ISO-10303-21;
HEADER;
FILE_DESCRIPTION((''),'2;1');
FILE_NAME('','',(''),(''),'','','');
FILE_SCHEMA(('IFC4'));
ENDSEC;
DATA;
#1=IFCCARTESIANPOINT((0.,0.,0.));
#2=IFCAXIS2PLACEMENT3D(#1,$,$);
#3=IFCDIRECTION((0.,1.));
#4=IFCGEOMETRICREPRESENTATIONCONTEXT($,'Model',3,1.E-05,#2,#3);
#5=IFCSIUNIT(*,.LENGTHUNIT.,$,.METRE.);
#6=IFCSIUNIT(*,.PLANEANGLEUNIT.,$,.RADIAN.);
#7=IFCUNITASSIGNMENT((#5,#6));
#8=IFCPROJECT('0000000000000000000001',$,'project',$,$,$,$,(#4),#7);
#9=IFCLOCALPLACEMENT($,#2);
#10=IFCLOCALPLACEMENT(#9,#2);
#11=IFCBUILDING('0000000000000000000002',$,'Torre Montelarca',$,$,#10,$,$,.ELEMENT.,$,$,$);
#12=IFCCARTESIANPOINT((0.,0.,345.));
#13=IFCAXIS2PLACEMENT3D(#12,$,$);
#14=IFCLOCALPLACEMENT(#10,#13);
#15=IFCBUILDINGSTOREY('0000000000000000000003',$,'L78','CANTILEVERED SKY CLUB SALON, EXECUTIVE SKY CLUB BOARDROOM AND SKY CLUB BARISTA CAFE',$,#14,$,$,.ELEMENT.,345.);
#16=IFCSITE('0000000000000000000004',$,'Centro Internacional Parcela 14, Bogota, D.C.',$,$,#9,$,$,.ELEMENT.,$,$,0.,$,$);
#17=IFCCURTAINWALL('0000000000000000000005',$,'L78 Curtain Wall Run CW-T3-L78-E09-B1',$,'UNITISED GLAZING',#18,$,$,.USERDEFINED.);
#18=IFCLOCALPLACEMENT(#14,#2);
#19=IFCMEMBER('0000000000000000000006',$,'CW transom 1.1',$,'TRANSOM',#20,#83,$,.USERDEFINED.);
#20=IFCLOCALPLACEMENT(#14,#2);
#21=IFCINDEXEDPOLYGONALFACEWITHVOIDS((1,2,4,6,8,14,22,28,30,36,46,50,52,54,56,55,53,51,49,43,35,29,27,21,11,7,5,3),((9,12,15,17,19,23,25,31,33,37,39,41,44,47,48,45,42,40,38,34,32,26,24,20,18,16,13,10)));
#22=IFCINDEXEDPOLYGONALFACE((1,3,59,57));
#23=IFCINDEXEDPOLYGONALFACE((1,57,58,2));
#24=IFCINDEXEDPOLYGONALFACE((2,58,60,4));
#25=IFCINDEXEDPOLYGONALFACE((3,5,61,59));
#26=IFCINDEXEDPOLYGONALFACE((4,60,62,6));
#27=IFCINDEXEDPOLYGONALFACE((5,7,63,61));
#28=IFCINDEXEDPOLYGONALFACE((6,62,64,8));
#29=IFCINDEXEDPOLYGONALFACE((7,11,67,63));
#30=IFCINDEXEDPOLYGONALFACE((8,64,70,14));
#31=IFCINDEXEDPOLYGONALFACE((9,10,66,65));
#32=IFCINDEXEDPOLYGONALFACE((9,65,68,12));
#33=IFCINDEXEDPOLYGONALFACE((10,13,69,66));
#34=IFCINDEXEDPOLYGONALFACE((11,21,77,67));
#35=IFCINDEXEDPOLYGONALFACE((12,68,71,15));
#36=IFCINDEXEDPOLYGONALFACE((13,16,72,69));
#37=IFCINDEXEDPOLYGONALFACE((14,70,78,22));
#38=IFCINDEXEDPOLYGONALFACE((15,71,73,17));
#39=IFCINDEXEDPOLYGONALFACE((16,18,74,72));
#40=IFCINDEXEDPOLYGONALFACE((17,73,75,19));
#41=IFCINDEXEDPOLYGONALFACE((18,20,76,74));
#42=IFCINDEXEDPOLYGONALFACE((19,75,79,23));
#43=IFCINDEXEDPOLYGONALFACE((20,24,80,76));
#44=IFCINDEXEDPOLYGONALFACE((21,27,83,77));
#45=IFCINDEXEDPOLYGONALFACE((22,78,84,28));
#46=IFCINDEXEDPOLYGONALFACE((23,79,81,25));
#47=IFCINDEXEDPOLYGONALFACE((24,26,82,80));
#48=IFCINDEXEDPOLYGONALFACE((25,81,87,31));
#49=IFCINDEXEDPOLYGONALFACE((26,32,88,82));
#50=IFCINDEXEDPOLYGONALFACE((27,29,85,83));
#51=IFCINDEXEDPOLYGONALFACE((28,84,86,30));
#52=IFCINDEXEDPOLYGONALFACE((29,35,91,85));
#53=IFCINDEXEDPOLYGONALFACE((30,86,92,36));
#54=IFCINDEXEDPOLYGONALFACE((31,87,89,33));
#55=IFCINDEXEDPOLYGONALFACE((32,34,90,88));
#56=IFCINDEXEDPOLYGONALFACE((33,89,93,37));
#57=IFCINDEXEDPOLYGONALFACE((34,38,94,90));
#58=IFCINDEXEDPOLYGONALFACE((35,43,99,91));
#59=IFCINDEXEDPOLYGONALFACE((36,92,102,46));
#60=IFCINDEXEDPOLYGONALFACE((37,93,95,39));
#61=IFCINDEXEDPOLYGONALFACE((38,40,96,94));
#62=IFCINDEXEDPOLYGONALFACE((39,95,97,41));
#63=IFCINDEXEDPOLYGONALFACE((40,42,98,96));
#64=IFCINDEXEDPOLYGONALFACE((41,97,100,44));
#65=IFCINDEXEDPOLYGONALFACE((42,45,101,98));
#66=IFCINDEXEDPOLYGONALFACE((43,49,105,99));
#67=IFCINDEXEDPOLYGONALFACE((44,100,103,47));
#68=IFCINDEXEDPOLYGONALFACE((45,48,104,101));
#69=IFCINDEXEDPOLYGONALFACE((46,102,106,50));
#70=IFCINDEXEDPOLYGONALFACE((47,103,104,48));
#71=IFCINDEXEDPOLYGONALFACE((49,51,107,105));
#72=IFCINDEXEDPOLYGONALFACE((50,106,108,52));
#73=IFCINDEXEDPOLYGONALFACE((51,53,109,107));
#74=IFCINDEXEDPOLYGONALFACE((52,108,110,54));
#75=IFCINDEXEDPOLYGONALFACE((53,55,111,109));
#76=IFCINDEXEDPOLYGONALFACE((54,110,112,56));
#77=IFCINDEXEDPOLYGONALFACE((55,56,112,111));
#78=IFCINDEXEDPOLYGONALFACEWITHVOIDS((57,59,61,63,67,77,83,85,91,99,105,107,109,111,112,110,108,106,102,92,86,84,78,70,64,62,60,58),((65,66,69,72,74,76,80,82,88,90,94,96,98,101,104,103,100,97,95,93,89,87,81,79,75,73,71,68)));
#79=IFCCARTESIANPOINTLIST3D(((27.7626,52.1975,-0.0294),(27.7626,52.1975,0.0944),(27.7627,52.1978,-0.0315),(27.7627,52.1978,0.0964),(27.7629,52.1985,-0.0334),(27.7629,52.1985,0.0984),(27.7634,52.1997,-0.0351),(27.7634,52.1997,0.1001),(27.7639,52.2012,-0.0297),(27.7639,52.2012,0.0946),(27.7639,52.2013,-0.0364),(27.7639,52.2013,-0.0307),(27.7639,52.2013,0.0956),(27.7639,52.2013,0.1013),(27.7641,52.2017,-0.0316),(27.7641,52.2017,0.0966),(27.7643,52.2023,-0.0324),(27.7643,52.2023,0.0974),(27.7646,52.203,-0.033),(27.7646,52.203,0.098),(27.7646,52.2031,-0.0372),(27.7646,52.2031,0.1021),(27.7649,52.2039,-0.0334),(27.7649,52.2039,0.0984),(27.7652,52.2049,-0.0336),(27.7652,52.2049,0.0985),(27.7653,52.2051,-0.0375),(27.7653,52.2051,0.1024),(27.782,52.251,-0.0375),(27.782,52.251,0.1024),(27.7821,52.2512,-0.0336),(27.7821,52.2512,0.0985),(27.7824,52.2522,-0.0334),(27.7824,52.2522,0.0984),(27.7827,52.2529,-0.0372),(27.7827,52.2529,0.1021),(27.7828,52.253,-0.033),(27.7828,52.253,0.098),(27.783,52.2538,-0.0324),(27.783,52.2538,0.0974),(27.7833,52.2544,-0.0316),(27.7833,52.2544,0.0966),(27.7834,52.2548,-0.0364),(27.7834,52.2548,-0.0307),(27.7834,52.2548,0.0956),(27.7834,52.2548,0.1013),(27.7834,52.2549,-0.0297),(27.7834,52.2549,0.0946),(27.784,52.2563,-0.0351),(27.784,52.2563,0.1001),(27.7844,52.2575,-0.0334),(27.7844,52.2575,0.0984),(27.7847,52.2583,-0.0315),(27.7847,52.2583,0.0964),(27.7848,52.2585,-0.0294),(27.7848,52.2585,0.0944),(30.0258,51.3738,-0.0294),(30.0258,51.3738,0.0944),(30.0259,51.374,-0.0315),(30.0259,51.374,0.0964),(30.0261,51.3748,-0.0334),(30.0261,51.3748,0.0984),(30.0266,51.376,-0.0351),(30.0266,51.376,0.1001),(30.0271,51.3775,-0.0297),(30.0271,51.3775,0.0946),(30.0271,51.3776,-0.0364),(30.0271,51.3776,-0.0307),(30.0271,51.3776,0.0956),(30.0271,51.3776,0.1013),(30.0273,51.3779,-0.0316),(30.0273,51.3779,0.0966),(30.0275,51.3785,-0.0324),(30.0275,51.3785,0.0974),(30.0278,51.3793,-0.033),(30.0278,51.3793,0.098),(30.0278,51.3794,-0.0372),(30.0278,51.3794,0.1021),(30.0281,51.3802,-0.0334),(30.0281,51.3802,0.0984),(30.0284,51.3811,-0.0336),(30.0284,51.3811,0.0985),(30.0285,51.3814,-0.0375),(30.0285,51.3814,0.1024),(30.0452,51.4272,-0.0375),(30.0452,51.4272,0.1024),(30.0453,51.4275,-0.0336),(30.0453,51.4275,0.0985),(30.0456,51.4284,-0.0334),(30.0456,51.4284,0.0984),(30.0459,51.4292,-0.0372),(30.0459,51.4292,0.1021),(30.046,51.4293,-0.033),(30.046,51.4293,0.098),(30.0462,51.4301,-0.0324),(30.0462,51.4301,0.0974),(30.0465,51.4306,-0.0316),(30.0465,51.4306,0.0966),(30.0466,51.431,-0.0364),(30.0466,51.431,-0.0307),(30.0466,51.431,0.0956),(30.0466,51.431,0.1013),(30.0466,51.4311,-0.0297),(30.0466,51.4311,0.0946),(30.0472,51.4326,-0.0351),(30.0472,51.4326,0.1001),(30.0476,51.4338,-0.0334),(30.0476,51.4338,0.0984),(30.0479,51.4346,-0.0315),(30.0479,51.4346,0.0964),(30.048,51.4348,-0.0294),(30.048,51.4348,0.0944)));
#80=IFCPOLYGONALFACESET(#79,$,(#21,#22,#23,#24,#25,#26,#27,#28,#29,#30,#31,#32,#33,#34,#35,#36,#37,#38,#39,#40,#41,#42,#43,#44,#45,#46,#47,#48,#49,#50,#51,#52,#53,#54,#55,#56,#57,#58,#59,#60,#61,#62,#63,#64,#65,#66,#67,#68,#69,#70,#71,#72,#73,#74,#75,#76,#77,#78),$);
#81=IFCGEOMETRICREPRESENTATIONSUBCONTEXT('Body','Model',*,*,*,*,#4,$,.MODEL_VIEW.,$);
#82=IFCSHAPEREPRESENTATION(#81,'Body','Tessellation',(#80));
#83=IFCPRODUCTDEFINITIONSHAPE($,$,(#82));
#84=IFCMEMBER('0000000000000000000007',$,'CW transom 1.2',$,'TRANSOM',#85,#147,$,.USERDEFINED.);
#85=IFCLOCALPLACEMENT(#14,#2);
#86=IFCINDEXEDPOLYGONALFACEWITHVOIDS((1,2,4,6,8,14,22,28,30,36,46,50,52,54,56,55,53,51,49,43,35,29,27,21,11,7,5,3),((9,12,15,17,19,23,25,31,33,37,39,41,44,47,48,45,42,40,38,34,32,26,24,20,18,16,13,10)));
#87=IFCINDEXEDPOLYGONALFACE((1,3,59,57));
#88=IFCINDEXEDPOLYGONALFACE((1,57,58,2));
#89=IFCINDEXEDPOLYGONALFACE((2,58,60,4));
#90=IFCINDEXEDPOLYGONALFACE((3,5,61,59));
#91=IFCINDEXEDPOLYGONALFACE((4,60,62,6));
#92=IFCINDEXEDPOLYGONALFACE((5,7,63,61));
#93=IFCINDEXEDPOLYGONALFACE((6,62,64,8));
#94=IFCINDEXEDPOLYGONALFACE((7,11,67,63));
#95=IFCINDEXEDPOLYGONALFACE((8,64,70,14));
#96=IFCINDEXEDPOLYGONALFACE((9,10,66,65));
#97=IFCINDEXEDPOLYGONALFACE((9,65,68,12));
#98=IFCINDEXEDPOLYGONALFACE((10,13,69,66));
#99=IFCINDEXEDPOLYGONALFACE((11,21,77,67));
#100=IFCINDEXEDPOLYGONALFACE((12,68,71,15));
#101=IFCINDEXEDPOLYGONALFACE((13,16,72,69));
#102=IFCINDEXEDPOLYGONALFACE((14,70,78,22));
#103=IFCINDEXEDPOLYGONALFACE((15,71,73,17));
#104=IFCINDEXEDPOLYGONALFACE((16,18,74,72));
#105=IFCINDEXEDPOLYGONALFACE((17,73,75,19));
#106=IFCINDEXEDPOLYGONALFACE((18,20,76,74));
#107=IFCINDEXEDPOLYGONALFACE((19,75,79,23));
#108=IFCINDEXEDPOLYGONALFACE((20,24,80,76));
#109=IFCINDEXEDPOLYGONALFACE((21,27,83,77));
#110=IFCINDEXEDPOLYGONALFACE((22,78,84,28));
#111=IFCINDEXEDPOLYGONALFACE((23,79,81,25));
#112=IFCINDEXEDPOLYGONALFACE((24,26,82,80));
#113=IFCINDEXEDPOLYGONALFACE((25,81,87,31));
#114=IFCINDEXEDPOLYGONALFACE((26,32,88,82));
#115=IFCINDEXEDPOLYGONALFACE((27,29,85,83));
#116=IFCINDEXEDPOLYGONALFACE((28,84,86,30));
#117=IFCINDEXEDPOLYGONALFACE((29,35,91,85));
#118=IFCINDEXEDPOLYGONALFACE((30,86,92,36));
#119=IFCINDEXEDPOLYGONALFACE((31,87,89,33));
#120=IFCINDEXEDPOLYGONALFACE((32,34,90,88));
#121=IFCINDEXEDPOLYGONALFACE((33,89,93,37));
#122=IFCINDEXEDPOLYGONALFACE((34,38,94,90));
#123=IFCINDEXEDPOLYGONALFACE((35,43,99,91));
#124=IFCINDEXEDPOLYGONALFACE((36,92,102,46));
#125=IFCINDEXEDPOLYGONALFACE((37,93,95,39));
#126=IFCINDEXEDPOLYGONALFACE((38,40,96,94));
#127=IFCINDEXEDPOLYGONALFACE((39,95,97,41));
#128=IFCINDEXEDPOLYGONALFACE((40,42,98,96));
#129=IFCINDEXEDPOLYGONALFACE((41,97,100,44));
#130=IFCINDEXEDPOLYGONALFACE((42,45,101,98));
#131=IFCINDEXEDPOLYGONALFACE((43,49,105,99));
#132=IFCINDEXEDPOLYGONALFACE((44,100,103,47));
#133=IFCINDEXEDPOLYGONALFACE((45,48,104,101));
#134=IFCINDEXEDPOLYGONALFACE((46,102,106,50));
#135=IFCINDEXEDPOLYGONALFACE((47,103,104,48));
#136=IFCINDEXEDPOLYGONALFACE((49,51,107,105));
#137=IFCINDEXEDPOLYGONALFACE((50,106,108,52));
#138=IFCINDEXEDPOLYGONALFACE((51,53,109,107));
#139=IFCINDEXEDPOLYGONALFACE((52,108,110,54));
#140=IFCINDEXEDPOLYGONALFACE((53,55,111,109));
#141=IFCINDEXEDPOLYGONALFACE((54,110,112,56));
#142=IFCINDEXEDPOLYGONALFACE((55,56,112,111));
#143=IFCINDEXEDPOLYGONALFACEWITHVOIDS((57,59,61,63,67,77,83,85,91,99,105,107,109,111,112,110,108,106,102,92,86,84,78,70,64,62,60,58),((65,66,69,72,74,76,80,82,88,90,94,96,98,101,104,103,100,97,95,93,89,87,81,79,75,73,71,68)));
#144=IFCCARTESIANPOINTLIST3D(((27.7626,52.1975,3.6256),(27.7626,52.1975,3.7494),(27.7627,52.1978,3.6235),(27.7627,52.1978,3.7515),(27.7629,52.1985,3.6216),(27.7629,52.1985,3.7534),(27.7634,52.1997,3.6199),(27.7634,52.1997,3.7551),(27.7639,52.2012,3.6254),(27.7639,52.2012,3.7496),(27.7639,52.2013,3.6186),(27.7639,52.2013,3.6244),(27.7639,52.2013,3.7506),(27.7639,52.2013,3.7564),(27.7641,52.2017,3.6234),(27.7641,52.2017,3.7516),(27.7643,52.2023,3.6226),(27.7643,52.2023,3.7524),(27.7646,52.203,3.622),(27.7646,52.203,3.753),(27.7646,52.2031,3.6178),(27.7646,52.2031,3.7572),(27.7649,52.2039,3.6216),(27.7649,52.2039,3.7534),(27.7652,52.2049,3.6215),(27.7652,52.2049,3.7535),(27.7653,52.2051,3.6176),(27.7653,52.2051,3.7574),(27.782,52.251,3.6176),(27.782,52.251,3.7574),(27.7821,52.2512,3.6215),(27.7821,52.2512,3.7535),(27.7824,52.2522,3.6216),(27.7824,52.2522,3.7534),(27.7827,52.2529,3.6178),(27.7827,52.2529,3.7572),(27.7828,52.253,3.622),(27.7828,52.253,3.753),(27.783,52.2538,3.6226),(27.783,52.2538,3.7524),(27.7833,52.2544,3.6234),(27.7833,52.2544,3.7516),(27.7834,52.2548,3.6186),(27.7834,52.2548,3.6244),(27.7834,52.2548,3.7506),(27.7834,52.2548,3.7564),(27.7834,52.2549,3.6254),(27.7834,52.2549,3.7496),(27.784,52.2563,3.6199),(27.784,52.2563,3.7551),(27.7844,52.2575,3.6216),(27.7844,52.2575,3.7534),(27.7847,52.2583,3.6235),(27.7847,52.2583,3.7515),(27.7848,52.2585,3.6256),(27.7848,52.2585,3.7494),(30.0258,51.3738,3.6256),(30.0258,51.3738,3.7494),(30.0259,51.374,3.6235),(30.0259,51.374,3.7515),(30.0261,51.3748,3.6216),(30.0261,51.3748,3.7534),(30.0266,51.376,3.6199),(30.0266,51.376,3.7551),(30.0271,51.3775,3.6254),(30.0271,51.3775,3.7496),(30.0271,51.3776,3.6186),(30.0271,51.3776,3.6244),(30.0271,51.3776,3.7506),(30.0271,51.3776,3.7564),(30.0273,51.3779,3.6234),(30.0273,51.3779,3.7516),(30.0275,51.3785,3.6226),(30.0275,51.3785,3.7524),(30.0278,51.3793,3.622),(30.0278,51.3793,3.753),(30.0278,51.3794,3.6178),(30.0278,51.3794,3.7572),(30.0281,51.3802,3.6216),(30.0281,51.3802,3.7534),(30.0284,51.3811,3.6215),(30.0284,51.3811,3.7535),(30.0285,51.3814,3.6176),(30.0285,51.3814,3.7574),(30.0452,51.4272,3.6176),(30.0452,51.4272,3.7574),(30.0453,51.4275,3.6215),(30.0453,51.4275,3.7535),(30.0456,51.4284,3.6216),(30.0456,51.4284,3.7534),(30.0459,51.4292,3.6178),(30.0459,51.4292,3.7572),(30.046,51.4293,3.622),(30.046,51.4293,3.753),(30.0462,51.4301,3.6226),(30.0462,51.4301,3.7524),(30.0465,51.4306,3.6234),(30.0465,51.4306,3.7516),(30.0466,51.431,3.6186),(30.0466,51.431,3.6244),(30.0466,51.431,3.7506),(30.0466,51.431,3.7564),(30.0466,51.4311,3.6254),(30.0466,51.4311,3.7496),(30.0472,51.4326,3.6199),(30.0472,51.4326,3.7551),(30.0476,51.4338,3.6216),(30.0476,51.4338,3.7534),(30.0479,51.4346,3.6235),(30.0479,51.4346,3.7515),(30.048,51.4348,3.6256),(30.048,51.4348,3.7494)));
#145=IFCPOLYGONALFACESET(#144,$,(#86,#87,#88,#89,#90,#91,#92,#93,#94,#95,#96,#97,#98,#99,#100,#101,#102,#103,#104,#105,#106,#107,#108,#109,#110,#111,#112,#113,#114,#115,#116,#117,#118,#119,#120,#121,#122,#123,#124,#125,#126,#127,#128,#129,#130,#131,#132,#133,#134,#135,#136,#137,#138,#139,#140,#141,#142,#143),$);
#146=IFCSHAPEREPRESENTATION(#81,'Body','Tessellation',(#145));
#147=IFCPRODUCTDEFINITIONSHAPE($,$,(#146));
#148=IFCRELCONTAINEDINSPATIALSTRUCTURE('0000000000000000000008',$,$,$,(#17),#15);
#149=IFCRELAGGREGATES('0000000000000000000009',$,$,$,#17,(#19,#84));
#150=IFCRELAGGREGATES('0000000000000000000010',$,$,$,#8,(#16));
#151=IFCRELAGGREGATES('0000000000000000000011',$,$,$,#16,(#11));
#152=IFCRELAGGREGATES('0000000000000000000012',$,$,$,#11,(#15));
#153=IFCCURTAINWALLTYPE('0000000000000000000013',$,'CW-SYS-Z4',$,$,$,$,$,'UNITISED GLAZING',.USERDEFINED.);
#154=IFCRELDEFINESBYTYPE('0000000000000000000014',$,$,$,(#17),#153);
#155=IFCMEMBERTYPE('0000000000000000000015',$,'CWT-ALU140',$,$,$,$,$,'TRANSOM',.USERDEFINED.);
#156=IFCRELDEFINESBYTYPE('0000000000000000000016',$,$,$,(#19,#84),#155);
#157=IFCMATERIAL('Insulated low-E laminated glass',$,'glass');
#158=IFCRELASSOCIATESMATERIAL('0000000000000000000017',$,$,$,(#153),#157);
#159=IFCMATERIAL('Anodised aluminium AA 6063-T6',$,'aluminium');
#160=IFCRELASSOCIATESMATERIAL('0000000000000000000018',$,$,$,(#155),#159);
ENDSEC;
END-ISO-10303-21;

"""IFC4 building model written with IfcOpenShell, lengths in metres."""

from ifc_helpers import new_model, si_unit, direction, frame, origin, origin_2d, place, context, subcontext, project, spatial, hollow_rectangle, extrude, source, transform, mapped, material, material_profile, profile_set, type_object, element, aggregate, save


model = new_model("IFC4")

# Units and contexts
model_context = context("Model", 3, precision=1e-05, world=origin(), true_north=direction((0.0, 1.0)))
body_context = subcontext(model_context, "Body", "Model", "MODEL_VIEW")
ifc_project = project(units=[si_unit("LENGTHUNIT", "METRE"), si_unit("PLANEANGLEUNIT", "RADIAN")], contexts=[model_context])

# Site, building, storey
site_placement = place(None, origin())
site = spatial("IfcSite", under=ifc_project, at=site_placement, Name="Centro Internacional Parcela 14, Bogota, D.C.", CompositionType="ELEMENT", RefElevation=0.0)
building_placement = place(site_placement, origin())
building = spatial("IfcBuilding", under=site, at=building_placement, Name="Torre Montelarca", CompositionType="ELEMENT")
storey_placement = place(building_placement, frame((0.0, 0.0, 345.0)))
storey = spatial("IfcBuildingStorey", under=building, at=storey_placement, Name="L78", Description="CANTILEVERED SKY CLUB SALON, EXECUTIVE SKY CLUB BOARDROOM AND SKY CLUB BARISTA CAFE", CompositionType="ELEMENT", Elevation=345.0)

# Curtain wall, members
ifc_material_1 = material(Name="Insulated low-E laminated glass", Category="glass")
curtain_wall_type = type_object("IfcCurtainWallType", Name="CW-SYS-Z4", ElementType="UNITISED GLAZING", PredefinedType="USERDEFINED", material=ifc_material_1)
curtain_wall_1_placement = place(storey_placement, origin())
curtain_wall_1 = element("IfcCurtainWall", 1, at=curtain_wall_1_placement, inside=storey, type_object=curtain_wall_type, Name="L78 Curtain Wall Run CW-T3-L78-E09-B1", ObjectType="UNITISED GLAZING", PredefinedType="USERDEFINED")
ifc_material_2 = material(Name="Anodised aluminium AA 6063-T6", Category="aluminium")
ifc_material_profile_1 = material_profile(ifc_material_2, hollow_rectangle(XDim=0.0649, YDim=0.1399, WallThickness=0.0039, InnerFilletRadius=0.0039, OuterFilletRadius=0.0081, at=origin_2d()), Name="ALU65X140X4", Category="aluminium")
ifc_profile_set_1 = profile_set([ifc_material_profile_1], Name="Anodised aluminium AA 6063-T6")
member_type_1 = type_object("IfcMemberType", Name="CWT-ALU140", ElementType="TRANSOM", PredefinedType="USERDEFINED", material=ifc_profile_set_1)
shared_shape_1 = source(origin(), body_context, "Body", "SweptSolid", [
    extrude(hollow_rectangle(XDim=0.0649, YDim=0.1399, WallThickness=0.0039, InnerFilletRadius=0.0039, OuterFilletRadius=0.0081, at=origin_2d()), origin(), (0.0, 0.0, 1.0), 2.4084),
])
member_1_placement = place(storey_placement, frame((30.0369, 51.4043, 0.0325), z_axis=(-0.939693, 0.34202, 0.0), x_axis=(-0.34202, -0.939693, 0.0)))
member_1 = element("IfcMember", 2, at=member_1_placement, type_object=member_type_1, Name="CW transom 1.1", ObjectType="TRANSOM", PredefinedType="USERDEFINED", context=body_context, shape_type="MappedRepresentation", body=[
    mapped(shared_shape_1, transform((0.0, 0.0, 0.0), scale=1.0)),
])
member_2_placement = place(storey_placement, frame((30.0369, 51.4043, 3.6875), z_axis=(-0.939693, 0.34202, 0.0), x_axis=(-0.34202, -0.939693, 0.0)))
member_2 = element("IfcMember", 3, at=member_2_placement, type_object=member_type_1, Name="CW transom 1.2", ObjectType="TRANSOM", PredefinedType="USERDEFINED", context=body_context, shape_type="MappedRepresentation", body=[
    mapped(shared_shape_1, transform((0.0, 0.0, 0.0), scale=1.0)),
])

aggregate(curtain_wall_1, [member_1, member_2])

save(model, "model.ifc")
